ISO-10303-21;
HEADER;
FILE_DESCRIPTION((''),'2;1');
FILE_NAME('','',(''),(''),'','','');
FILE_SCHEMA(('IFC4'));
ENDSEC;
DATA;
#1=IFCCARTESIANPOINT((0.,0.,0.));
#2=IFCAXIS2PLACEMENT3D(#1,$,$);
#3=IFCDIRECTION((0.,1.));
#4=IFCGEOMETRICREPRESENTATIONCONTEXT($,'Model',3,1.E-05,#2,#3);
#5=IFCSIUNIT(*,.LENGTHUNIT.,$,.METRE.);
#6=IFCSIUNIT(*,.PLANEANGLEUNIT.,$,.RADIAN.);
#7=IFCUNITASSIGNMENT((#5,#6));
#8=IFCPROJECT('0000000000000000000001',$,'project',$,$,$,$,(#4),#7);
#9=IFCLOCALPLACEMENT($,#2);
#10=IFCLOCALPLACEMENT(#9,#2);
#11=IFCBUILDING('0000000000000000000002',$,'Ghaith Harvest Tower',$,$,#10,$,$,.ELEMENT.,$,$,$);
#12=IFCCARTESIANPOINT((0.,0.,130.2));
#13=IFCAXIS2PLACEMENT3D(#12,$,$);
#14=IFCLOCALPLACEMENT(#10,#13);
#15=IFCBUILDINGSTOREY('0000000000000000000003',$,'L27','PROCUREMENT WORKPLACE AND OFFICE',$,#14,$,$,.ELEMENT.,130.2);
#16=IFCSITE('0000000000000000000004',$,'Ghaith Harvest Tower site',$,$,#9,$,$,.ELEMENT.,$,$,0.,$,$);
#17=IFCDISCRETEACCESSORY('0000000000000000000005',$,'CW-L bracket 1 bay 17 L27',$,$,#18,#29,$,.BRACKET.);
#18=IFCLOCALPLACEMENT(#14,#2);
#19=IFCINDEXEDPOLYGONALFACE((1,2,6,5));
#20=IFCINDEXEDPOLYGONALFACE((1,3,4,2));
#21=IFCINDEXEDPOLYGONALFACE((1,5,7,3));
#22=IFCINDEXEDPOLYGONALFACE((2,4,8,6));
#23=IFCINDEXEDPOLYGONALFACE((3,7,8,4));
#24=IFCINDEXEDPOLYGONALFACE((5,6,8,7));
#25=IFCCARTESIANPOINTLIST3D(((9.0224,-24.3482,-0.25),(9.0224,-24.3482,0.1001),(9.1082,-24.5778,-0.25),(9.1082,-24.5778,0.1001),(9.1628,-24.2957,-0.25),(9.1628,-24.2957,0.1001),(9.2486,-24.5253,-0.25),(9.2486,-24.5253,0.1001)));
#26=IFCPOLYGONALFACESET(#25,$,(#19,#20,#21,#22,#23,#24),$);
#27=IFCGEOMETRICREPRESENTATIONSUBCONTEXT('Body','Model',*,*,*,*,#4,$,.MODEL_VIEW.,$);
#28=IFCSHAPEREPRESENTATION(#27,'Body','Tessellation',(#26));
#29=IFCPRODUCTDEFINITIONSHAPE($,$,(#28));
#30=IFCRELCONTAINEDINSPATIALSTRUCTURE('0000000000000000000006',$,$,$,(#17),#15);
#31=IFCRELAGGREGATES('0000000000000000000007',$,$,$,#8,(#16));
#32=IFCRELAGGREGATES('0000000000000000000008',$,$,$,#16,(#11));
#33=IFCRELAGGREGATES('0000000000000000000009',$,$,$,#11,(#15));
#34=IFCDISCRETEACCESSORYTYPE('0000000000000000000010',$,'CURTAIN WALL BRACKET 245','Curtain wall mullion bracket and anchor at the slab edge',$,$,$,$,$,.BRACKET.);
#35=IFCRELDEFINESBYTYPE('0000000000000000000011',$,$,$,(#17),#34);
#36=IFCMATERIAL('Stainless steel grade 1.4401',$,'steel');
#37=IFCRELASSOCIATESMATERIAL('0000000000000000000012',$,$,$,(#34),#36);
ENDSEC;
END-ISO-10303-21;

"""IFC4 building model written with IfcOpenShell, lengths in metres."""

from ifc_helpers import new_model, si_unit, direction, frame, origin, origin_2d, place, context, subcontext, project, spatial, rectangle, extrude, material, type_object, element, save


model = new_model("IFC4")

# Units and contexts
model_context = context("Model", 3, precision=1e-05, world=origin(), true_north=direction((0.0, 1.0)))
body_context = subcontext(model_context, "Body", "Model", "MODEL_VIEW")
ifc_project = project(units=[si_unit("LENGTHUNIT", "METRE"), si_unit("PLANEANGLEUNIT", "RADIAN")], contexts=[model_context])

# Site, building, storey
site_placement = place(None, origin())
site = spatial("IfcSite", under=ifc_project, at=site_placement, Name="Ghaith Harvest Tower site", CompositionType="ELEMENT", RefElevation=0.0)
building_placement = place(site_placement, origin())
building = spatial("IfcBuilding", under=site, at=building_placement, Name="Ghaith Harvest Tower", CompositionType="ELEMENT")
storey_placement = place(building_placement, frame((0.0, 0.0, 130.2)))
storey = spatial("IfcBuildingStorey", under=building, at=storey_placement, Name="L27", Description="PROCUREMENT WORKPLACE AND OFFICE", CompositionType="ELEMENT", Elevation=130.2)

# Discrete accessory
ifc_material_1 = material(Name="Stainless steel grade 1.4401", Category="steel")
discrete_accessory_type = type_object("IfcDiscreteAccessoryType", Name="CURTAIN WALL BRACKET 245", Description="Curtain wall mullion bracket and anchor at the slab edge", PredefinedType="BRACKET", material=ifc_material_1)
discrete_accessory_placement = place(storey_placement, frame((9.1355, -24.4368, -0.25), z_axis=(0.0, 0.0, 1.0), x_axis=(0.350168, -0.936687, 0.0)))
element("IfcDiscreteAccessory", 1, at=discrete_accessory_placement, inside=storey, type_object=discrete_accessory_type, Name="CW-L bracket 1 bay 17 L27", PredefinedType="BRACKET", context=body_context, shape_type="SweptSolid", body=[
    extrude(rectangle(XDim=0.2451, YDim=0.1499, at=origin_2d()), origin(), (0.0, 0.0, 1.0), 0.3501),
])

save(model, "model.ifc")
